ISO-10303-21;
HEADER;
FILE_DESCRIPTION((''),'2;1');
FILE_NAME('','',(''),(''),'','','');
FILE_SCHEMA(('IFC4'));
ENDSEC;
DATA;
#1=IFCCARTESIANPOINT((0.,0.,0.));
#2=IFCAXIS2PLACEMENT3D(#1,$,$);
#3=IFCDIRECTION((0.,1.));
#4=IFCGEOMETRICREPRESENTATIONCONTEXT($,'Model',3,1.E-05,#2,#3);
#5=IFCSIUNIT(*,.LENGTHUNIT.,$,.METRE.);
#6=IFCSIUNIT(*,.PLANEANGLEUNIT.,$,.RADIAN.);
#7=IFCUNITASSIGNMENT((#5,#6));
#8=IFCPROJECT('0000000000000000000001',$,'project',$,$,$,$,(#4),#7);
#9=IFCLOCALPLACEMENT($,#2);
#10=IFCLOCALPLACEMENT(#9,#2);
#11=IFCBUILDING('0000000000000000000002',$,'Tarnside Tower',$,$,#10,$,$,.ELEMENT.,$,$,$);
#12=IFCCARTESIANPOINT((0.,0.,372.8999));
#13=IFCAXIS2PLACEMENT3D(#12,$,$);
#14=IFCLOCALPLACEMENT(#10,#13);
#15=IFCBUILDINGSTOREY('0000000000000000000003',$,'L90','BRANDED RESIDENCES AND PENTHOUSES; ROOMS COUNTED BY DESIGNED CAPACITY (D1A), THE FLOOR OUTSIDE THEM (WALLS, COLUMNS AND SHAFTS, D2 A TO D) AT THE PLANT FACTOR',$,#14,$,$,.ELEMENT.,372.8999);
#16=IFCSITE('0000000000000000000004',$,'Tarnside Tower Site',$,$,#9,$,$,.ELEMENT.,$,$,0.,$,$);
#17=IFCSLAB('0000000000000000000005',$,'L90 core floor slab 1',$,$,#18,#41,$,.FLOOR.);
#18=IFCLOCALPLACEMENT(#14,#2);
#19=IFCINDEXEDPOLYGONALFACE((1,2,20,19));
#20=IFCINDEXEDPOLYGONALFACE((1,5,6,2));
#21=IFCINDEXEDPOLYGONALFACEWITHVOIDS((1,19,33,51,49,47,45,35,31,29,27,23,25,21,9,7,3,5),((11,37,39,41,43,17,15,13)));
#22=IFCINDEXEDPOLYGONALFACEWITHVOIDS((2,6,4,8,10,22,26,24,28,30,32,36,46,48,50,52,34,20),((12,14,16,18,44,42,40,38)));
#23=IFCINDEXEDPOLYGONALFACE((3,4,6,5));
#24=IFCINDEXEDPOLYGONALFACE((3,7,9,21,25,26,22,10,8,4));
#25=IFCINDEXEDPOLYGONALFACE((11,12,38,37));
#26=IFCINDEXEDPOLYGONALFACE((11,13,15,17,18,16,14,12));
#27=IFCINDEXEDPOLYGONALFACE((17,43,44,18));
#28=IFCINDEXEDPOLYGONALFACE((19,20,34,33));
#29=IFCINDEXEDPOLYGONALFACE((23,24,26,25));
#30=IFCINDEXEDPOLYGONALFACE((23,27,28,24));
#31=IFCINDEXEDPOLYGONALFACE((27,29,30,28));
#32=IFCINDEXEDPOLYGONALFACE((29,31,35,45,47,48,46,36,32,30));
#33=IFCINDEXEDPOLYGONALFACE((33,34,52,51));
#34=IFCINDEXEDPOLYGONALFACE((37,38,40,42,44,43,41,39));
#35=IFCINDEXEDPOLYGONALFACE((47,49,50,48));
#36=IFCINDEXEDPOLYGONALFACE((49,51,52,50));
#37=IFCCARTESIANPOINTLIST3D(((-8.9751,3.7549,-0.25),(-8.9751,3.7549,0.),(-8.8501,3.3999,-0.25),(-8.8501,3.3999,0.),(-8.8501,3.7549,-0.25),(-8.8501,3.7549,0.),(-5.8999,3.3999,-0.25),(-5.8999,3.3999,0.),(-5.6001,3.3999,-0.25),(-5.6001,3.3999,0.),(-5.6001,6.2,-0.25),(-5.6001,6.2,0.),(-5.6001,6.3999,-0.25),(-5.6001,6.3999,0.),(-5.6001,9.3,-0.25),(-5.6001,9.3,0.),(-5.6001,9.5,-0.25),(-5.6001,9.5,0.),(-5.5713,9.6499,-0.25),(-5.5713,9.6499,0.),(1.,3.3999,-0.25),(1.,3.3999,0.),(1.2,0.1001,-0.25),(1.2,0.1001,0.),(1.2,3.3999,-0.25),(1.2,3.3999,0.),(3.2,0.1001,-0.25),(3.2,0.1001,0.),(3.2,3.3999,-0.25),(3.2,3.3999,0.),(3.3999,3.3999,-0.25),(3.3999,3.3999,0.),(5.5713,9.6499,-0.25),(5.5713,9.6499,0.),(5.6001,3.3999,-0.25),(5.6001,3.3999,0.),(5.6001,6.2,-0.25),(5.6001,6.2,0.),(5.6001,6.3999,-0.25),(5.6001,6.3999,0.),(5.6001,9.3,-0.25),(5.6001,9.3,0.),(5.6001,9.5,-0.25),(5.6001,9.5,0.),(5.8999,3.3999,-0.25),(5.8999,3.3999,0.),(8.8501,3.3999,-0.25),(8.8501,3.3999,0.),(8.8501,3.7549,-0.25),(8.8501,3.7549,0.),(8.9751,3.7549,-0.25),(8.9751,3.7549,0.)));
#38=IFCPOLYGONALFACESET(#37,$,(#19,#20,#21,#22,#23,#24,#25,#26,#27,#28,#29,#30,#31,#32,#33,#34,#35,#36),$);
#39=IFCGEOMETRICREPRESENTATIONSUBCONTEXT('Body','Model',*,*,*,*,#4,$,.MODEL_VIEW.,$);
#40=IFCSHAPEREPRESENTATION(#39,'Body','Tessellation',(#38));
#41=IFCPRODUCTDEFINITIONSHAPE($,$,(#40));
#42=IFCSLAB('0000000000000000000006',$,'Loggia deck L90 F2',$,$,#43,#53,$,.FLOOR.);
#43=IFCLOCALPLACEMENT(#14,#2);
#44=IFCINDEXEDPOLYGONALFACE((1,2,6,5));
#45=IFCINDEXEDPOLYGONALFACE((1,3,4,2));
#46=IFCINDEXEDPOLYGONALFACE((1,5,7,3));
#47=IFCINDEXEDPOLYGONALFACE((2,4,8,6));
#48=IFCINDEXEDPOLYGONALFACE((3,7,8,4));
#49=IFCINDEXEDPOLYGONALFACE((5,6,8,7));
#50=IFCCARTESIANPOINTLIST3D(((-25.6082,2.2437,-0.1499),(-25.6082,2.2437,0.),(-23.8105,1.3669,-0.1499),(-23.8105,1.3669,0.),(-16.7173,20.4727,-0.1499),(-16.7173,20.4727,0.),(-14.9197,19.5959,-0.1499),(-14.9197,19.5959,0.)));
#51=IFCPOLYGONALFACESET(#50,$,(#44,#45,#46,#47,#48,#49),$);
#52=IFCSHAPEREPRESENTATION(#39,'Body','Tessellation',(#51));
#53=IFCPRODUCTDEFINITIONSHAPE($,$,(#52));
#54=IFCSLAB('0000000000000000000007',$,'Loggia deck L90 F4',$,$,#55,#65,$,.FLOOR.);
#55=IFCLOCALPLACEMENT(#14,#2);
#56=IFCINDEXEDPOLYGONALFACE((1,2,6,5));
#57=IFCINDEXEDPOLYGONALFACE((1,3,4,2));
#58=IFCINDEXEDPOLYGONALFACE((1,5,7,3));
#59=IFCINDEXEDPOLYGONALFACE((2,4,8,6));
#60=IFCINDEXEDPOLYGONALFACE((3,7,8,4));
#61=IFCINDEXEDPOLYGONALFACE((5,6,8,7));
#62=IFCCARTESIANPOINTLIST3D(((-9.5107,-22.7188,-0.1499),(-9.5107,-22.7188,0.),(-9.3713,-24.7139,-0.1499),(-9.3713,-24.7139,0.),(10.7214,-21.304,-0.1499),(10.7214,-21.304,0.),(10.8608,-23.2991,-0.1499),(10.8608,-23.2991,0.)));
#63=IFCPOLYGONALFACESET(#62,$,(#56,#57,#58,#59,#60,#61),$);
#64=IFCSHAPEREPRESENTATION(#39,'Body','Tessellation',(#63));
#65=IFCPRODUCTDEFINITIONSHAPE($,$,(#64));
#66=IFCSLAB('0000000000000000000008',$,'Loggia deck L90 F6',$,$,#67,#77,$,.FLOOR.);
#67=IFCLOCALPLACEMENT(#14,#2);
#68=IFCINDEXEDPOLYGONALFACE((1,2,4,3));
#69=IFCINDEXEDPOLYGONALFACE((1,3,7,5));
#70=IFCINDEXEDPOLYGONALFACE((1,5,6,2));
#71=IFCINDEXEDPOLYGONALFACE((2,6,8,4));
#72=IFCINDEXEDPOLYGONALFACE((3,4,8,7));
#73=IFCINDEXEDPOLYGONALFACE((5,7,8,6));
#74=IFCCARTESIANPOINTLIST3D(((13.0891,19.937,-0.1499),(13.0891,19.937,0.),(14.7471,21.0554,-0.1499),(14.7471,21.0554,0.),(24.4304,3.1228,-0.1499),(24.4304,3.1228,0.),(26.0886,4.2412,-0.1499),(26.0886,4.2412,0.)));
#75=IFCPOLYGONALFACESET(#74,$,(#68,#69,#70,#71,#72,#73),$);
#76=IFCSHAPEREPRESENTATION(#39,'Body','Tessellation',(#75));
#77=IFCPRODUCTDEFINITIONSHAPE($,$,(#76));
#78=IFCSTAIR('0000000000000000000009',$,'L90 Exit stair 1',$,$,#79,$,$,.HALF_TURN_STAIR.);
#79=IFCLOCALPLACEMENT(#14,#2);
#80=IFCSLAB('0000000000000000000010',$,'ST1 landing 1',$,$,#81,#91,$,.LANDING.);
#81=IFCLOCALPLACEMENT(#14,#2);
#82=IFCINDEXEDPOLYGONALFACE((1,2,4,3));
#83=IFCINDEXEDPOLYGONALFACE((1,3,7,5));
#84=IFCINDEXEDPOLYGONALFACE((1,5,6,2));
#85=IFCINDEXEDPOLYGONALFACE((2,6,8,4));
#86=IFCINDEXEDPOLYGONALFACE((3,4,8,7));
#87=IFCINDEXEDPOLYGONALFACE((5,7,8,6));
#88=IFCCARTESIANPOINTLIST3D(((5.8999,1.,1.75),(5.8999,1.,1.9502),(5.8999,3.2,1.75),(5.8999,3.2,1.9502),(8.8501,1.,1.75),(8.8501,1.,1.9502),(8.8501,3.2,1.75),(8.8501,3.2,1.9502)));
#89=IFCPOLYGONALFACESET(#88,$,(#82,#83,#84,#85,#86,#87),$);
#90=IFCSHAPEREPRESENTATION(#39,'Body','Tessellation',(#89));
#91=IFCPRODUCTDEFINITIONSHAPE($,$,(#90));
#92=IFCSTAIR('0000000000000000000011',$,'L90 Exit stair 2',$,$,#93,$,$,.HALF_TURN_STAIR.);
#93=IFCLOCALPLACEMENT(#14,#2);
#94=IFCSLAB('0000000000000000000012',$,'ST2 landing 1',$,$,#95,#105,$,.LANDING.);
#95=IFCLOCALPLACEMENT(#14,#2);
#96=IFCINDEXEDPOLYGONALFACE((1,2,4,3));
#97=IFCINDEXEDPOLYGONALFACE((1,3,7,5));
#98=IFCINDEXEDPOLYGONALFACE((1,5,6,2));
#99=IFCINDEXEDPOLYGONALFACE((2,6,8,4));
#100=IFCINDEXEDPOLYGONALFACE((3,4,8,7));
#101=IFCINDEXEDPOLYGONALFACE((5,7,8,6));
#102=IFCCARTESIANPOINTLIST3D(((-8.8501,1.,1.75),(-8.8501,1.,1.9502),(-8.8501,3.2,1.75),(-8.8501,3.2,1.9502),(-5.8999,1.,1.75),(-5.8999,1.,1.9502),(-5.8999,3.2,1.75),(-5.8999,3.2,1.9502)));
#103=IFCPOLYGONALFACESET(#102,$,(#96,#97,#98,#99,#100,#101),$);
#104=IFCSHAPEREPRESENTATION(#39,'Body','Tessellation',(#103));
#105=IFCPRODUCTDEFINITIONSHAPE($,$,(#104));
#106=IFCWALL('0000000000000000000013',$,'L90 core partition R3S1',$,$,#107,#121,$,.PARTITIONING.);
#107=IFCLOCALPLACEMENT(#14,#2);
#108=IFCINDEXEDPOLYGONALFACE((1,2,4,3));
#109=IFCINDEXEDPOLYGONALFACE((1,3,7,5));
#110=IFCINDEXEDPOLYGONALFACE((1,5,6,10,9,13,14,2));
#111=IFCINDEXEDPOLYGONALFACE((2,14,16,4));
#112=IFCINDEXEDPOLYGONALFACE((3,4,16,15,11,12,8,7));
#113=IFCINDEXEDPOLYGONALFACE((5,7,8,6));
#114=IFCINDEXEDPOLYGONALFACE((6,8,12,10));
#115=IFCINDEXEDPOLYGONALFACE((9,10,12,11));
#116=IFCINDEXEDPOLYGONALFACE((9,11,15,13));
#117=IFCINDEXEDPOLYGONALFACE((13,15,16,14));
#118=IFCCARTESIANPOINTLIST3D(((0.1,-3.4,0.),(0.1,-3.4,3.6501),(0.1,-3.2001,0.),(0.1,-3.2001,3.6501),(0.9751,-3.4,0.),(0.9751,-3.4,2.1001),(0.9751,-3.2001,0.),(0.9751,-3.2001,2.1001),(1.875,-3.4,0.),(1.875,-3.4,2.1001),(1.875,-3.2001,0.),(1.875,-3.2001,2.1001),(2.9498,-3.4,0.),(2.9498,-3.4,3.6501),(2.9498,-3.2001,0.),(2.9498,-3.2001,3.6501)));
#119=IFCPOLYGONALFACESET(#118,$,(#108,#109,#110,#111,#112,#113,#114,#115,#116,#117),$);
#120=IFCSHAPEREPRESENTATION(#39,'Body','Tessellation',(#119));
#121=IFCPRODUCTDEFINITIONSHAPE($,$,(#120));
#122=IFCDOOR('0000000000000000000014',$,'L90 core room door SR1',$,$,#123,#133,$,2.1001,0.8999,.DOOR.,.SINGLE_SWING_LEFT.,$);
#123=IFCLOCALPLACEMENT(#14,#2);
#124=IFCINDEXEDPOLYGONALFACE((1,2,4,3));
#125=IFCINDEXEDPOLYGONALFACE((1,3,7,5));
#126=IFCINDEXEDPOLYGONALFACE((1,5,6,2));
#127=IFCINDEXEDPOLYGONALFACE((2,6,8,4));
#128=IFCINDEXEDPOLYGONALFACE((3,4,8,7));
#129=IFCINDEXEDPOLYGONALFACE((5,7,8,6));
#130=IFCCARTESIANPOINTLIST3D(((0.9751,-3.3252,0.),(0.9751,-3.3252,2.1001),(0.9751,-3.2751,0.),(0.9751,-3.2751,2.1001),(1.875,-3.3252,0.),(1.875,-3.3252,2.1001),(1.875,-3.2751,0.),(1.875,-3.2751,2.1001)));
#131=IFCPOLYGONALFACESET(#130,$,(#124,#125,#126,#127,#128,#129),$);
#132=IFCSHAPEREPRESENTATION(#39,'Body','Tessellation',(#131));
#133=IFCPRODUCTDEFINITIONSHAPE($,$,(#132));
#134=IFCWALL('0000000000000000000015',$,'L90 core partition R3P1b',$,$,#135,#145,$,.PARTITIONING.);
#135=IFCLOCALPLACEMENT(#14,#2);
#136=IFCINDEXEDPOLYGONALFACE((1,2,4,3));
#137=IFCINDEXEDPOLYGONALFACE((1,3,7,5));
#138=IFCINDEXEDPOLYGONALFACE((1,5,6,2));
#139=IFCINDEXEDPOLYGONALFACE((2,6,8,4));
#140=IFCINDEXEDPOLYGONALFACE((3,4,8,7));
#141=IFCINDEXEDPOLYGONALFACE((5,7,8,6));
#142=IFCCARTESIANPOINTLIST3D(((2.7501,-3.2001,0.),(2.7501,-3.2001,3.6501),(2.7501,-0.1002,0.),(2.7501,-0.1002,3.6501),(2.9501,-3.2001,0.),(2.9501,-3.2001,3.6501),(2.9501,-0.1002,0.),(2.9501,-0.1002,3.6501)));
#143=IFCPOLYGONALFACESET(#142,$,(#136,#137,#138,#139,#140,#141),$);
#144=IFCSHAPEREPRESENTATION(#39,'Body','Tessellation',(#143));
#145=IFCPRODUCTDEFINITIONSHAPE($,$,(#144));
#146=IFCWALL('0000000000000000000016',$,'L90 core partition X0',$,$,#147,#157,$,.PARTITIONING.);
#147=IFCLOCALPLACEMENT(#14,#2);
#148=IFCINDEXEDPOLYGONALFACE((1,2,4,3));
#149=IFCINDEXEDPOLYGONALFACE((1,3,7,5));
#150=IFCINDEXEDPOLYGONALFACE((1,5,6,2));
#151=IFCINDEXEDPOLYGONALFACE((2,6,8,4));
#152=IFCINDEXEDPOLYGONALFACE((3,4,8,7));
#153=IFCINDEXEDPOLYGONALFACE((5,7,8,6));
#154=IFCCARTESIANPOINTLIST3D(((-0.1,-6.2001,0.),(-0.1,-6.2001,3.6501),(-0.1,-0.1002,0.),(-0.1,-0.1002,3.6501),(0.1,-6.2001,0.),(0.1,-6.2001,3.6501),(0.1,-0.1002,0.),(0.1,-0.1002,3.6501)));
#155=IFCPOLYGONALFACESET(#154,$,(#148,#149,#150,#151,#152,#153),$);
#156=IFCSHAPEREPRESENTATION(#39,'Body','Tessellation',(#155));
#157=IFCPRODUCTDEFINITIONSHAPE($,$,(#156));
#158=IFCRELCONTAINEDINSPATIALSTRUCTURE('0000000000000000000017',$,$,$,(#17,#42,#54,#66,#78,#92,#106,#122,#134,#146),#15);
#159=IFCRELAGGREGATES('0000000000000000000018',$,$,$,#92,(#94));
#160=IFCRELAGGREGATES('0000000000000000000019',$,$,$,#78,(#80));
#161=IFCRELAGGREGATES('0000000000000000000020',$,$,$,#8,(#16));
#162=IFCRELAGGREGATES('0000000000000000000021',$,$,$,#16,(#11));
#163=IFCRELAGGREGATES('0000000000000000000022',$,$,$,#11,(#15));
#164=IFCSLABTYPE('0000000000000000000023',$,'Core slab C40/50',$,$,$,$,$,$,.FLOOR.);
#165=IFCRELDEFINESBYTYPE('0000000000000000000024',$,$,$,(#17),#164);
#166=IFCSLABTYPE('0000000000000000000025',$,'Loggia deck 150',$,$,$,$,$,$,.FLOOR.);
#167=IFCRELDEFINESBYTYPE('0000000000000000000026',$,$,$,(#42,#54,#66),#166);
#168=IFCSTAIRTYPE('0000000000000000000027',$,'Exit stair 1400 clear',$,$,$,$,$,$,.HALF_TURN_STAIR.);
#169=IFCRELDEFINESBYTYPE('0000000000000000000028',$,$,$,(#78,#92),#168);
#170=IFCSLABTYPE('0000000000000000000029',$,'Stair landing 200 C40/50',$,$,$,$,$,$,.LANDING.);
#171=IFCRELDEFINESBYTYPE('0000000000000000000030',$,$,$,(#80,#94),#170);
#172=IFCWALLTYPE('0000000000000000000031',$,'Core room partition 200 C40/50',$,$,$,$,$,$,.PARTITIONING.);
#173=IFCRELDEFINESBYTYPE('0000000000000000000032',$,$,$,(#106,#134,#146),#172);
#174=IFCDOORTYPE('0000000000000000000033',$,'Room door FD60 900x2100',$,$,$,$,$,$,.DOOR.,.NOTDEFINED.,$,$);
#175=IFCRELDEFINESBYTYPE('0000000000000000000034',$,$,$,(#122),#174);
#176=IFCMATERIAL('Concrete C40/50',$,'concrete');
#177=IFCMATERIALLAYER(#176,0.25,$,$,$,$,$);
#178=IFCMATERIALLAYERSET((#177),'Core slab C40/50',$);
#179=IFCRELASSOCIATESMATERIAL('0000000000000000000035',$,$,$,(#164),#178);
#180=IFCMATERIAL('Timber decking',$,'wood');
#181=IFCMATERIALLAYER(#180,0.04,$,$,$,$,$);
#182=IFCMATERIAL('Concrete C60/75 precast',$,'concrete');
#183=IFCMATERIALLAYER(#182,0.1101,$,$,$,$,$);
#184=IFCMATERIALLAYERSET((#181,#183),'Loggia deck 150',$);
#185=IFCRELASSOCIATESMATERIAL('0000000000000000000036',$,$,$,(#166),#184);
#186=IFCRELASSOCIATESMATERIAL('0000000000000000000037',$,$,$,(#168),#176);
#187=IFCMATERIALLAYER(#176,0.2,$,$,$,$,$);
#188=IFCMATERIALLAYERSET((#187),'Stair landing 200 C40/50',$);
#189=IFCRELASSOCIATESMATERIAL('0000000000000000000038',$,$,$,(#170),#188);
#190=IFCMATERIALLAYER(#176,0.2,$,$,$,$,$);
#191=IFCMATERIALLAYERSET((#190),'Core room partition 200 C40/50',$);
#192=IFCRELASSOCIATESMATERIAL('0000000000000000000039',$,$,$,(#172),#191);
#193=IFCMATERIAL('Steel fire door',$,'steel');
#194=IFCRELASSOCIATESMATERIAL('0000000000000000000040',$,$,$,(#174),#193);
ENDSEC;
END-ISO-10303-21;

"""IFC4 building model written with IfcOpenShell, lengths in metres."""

from ifc_helpers import new_model, si_unit, direction, frame, frame_2d, origin, place, context, subcontext, project, spatial, polyline, rectangle, outline, extrude, material, layer, layer_set, type_object, element, fill, aggregate, save


model = new_model("IFC4")

# Units and contexts
model_context = context("Model", 3, precision=1e-05, world=origin(), true_north=direction((0.0, 1.0)))
body_context = subcontext(model_context, "Body", "Model", "MODEL_VIEW")
ifc_project = project(units=[si_unit("LENGTHUNIT", "METRE"), si_unit("PLANEANGLEUNIT", "RADIAN")], contexts=[model_context])

# Site, building, storey
site_placement = place(None, origin())
site = spatial("IfcSite", under=ifc_project, at=site_placement, Name="Tarnside Tower Site", CompositionType="ELEMENT", RefElevation=0.0)
building_placement = place(site_placement, origin())
building = spatial("IfcBuilding", under=site, at=building_placement, Name="Tarnside Tower", CompositionType="ELEMENT")
storey_placement = place(building_placement, frame((0.0, 0.0, 372.8999)))
storey = spatial("IfcBuildingStorey", under=building, at=storey_placement, Name="L90", Description="BRANDED RESIDENCES AND PENTHOUSES; ROOMS COUNTED BY DESIGNED CAPACITY (D1A), THE FLOOR OUTSIDE THEM (WALLS, COLUMNS AND SHAFTS, D2 A TO D) AT THE PLANT FACTOR", CompositionType="ELEMENT", Elevation=372.8999)

# Slabs
ifc_material_1 = material(Name="Concrete C40/50", Category="concrete")
ifc_layer_1 = layer(ifc_material_1, 0.25)
ifc_layer_set_1 = layer_set([ifc_layer_1], Name="Core slab C40/50")
slab_type_1 = type_object("IfcSlabType", Name="Core slab C40/50", PredefinedType="FLOOR", material=ifc_layer_set_1)
slab_1_placement = place(storey_placement, frame((0.0, 0.0, -0.25)))
element("IfcSlab", 1, at=slab_1_placement, inside=storey, type_object=slab_type_1, Name="L90 core floor slab 1", PredefinedType="FLOOR", context=body_context, shape_type="SweptSolid", body=[
    extrude(outline(polyline([(5.5713, 9.6499), (8.9751, 3.7549), (8.8501, 3.7549), (8.8501, 3.3999), (5.8999, 3.3999), (5.6001, 3.3999), (3.3999, 3.3999), (3.2, 3.3999), (3.2, 0.1001), (1.2, 0.1001), (1.2, 3.3999), (1.0, 3.3999), (-5.6001, 3.3999), (-5.8999, 3.3999), (-8.8501, 3.3999), (-8.8501, 3.7549), (-8.9751, 3.7549), (-5.5713, 9.6499), (5.5713, 9.6499)]), holes=[polyline([(-5.6001, 6.2), (5.6001, 6.2), (5.6001, 6.3999), (5.6001, 9.3), (5.6001, 9.5), (-5.6001, 9.5), (-5.6001, 9.3), (-5.6001, 6.3999), (-5.6001, 6.2)])]), origin(), (0.0, 0.0, 1.0), 0.25),
])
ifc_material_2 = material(Name="Timber decking", Category="wood")
ifc_layer_2 = layer(ifc_material_2, 0.04)
ifc_material_3 = material(Name="Concrete C60/75 precast", Category="concrete")
ifc_layer_3 = layer(ifc_material_3, 0.1101)
ifc_layer_set_2 = layer_set([ifc_layer_2, ifc_layer_3], Name="Loggia deck 150")
slab_type_2 = type_object("IfcSlabType", Name="Loggia deck 150", PredefinedType="FLOOR", material=ifc_layer_set_2)
slab_2_placement = place(storey_placement, frame((0.0, 0.0, -0.1499)))
element("IfcSlab", 2, at=slab_2_placement, inside=storey, type_object=slab_type_2, Name="Loggia deck L90 F2", PredefinedType="FLOOR", context=body_context, shape_type="SweptSolid", body=[
    extrude(outline(polyline([(-14.9197, 19.5959), (-23.8105, 1.3669), (-25.6082, 2.2437), (-16.7173, 20.4727), (-14.9197, 19.5959)])), origin(), (0.0, 0.0, 1.0), 0.1499),
])
slab_3_placement = place(storey_placement, frame((0.0, 0.0, -0.1499)))
element("IfcSlab", 3, at=slab_3_placement, inside=storey, type_object=slab_type_2, Name="Loggia deck L90 F4", PredefinedType="FLOOR", context=body_context, shape_type="SweptSolid", body=[
    extrude(outline(polyline([(-9.5107, -22.7188), (10.7214, -21.304), (10.8608, -23.2991), (-9.3713, -24.7139), (-9.5107, -22.7188)])), origin(), (0.0, 0.0, 1.0), 0.1499),
])
slab_4_placement = place(storey_placement, frame((0.0, 0.0, -0.1499)))
element("IfcSlab", 4, at=slab_4_placement, inside=storey, type_object=slab_type_2, Name="Loggia deck L90 F6", PredefinedType="FLOOR", context=body_context, shape_type="SweptSolid", body=[
    extrude(outline(polyline([(24.4304, 3.1228), (13.0891, 19.937), (14.7471, 21.0554), (26.0886, 4.2412), (24.4304, 3.1228)])), origin(), (0.0, 0.0, 1.0), 0.1499),
])

# Stairs, slabs
stair_type = type_object("IfcStairType", Name="Exit stair 1400 clear", PredefinedType="HALF_TURN_STAIR", material=ifc_material_1)
stair_1_placement = place(storey_placement, origin())
stair_1 = element("IfcStair", 5, at=stair_1_placement, inside=storey, type_object=stair_type, Name="L90 Exit stair 1", PredefinedType="HALF_TURN_STAIR")
ifc_layer_4 = layer(ifc_material_1, 0.2)
ifc_layer_set_3 = layer_set([ifc_layer_4], Name="Stair landing 200 C40/50")
slab_type_3 = type_object("IfcSlabType", Name="Stair landing 200 C40/50", PredefinedType="LANDING", material=ifc_layer_set_3)
slab_5_placement = place(storey_placement, frame((0.0, 0.0, 1.75)))
slab_5 = element("IfcSlab", 6, at=slab_5_placement, type_object=slab_type_3, Name="ST1 landing 1", PredefinedType="LANDING", context=body_context, shape_type="SweptSolid", body=[
    extrude(outline(polyline([(8.8501, 1.0), (8.8501, 3.2), (5.8999, 3.2), (5.8999, 1.0), (8.8501, 1.0)])), origin(), (0.0, 0.0, 1.0), 0.2002),
])
stair_2_placement = place(storey_placement, origin())
stair_2 = element("IfcStair", 7, at=stair_2_placement, inside=storey, type_object=stair_type, Name="L90 Exit stair 2", PredefinedType="HALF_TURN_STAIR")
slab_6_placement = place(storey_placement, frame((0.0, 0.0, 1.75)))
slab_6 = element("IfcSlab", 8, at=slab_6_placement, type_object=slab_type_3, Name="ST2 landing 1", PredefinedType="LANDING", context=body_context, shape_type="SweptSolid", body=[
    extrude(outline(polyline([(-5.8999, 1.0), (-5.8999, 3.2), (-8.8501, 3.2), (-8.8501, 1.0), (-5.8999, 1.0)])), origin(), (0.0, 0.0, 1.0), 0.2002),
])
aggregate(stair_2, [slab_6])

# Wall, opening, door
ifc_layer_5 = layer(ifc_material_1, 0.2)
ifc_layer_set_4 = layer_set([ifc_layer_5], Name="Core room partition 200 C40/50")
wall_type_1 = type_object("IfcWallType", Name="Core room partition 200 C40/50", PredefinedType="PARTITIONING", material=ifc_layer_set_4)
wall_1_placement = place(storey_placement, frame((0.1001, -3.3, 0.0), z_axis=(0.0, 0.0, 1.0), x_axis=(1.0, 0.0, 0.0)))
wall_1 = element("IfcWall", 9, at=wall_1_placement, inside=storey, type_object=wall_type_1, Name="L90 core partition R3S1", PredefinedType="PARTITIONING", context=body_context, shape_type="SweptSolid", body=[
    extrude(rectangle(XDim=2.8499, YDim=0.2, at=frame_2d((1.4248, 0.0))), origin(), (0.0, 0.0, 1.0), 3.6501),
])
opening_1_placement = place(wall_1_placement, frame((0.875, 0.0, 0.0)))
opening_1 = element("IfcOpeningElement", 10, at=opening_1_placement, cuts=wall_1, PredefinedType="OPENING", context=body_context, shape_type="SweptSolid", body=[
    extrude(rectangle(XDim=0.8999, YDim=2.1001, at=frame_2d((0.45, 1.05))), frame((0.0, 0.1099, 0.0), z_axis=(0.0, -1.0, 0.0), x_axis=(1.0, 0.0, 0.0)), (0.0, 0.0, 1.0), 0.22),
])
ifc_material_4 = material(Name="Steel fire door", Category="steel")
door_type_1 = type_object("IfcDoorType", Name="Room door FD60 900x2100", OperationType="NOTDEFINED", PredefinedType="DOOR", material=ifc_material_4)
door_1_placement = place(opening_1_placement, origin())
door_1 = element("IfcDoor", 11, at=door_1_placement, inside=storey, type_object=door_type_1, Name="L90 core room door SR1", OperationType="SINGLE_SWING_LEFT", OverallHeight=2.1001, OverallWidth=0.8999, PredefinedType="DOOR", context=body_context, shape_type="SweptSolid", body=[
    extrude(rectangle(XDim=0.8999, YDim=2.1001, at=frame_2d((0.45, 1.05))), frame((0.0, 0.0249, 0.0), z_axis=(0.0, -1.0, 0.0), x_axis=(1.0, 0.0, 0.0)), (0.0, 0.0, 1.0), 0.05),
])
fill(opening_1, door_1)

# Walls
wall_2_placement = place(storey_placement, frame((2.8501, -3.2, 0.0), z_axis=(0.0, 0.0, 1.0), x_axis=(0.0, 1.0, 0.0)))
element("IfcWall", 12, at=wall_2_placement, inside=storey, type_object=wall_type_1, Name="L90 core partition R3P1b", PredefinedType="PARTITIONING", context=body_context, shape_type="SweptSolid", body=[
    extrude(rectangle(XDim=3.0999, YDim=0.2, at=frame_2d((1.5498, 0.0))), origin(), (0.0, 0.0, 1.0), 3.6501),
])
wall_3_placement = place(storey_placement, frame((0.0, -6.2, 0.0), z_axis=(0.0, 0.0, 1.0), x_axis=(0.0, 1.0, 0.0)))
element("IfcWall", 13, at=wall_3_placement, inside=storey, type_object=wall_type_1, Name="L90 core partition X0", PredefinedType="PARTITIONING", context=body_context, shape_type="SweptSolid", body=[
    extrude(rectangle(XDim=6.0999, YDim=0.2, at=frame_2d((3.0498, 0.0))), origin(), (0.0, 0.0, 1.0), 3.6501),
])

aggregate(stair_1, [slab_5])

save(model, "model.ifc")
